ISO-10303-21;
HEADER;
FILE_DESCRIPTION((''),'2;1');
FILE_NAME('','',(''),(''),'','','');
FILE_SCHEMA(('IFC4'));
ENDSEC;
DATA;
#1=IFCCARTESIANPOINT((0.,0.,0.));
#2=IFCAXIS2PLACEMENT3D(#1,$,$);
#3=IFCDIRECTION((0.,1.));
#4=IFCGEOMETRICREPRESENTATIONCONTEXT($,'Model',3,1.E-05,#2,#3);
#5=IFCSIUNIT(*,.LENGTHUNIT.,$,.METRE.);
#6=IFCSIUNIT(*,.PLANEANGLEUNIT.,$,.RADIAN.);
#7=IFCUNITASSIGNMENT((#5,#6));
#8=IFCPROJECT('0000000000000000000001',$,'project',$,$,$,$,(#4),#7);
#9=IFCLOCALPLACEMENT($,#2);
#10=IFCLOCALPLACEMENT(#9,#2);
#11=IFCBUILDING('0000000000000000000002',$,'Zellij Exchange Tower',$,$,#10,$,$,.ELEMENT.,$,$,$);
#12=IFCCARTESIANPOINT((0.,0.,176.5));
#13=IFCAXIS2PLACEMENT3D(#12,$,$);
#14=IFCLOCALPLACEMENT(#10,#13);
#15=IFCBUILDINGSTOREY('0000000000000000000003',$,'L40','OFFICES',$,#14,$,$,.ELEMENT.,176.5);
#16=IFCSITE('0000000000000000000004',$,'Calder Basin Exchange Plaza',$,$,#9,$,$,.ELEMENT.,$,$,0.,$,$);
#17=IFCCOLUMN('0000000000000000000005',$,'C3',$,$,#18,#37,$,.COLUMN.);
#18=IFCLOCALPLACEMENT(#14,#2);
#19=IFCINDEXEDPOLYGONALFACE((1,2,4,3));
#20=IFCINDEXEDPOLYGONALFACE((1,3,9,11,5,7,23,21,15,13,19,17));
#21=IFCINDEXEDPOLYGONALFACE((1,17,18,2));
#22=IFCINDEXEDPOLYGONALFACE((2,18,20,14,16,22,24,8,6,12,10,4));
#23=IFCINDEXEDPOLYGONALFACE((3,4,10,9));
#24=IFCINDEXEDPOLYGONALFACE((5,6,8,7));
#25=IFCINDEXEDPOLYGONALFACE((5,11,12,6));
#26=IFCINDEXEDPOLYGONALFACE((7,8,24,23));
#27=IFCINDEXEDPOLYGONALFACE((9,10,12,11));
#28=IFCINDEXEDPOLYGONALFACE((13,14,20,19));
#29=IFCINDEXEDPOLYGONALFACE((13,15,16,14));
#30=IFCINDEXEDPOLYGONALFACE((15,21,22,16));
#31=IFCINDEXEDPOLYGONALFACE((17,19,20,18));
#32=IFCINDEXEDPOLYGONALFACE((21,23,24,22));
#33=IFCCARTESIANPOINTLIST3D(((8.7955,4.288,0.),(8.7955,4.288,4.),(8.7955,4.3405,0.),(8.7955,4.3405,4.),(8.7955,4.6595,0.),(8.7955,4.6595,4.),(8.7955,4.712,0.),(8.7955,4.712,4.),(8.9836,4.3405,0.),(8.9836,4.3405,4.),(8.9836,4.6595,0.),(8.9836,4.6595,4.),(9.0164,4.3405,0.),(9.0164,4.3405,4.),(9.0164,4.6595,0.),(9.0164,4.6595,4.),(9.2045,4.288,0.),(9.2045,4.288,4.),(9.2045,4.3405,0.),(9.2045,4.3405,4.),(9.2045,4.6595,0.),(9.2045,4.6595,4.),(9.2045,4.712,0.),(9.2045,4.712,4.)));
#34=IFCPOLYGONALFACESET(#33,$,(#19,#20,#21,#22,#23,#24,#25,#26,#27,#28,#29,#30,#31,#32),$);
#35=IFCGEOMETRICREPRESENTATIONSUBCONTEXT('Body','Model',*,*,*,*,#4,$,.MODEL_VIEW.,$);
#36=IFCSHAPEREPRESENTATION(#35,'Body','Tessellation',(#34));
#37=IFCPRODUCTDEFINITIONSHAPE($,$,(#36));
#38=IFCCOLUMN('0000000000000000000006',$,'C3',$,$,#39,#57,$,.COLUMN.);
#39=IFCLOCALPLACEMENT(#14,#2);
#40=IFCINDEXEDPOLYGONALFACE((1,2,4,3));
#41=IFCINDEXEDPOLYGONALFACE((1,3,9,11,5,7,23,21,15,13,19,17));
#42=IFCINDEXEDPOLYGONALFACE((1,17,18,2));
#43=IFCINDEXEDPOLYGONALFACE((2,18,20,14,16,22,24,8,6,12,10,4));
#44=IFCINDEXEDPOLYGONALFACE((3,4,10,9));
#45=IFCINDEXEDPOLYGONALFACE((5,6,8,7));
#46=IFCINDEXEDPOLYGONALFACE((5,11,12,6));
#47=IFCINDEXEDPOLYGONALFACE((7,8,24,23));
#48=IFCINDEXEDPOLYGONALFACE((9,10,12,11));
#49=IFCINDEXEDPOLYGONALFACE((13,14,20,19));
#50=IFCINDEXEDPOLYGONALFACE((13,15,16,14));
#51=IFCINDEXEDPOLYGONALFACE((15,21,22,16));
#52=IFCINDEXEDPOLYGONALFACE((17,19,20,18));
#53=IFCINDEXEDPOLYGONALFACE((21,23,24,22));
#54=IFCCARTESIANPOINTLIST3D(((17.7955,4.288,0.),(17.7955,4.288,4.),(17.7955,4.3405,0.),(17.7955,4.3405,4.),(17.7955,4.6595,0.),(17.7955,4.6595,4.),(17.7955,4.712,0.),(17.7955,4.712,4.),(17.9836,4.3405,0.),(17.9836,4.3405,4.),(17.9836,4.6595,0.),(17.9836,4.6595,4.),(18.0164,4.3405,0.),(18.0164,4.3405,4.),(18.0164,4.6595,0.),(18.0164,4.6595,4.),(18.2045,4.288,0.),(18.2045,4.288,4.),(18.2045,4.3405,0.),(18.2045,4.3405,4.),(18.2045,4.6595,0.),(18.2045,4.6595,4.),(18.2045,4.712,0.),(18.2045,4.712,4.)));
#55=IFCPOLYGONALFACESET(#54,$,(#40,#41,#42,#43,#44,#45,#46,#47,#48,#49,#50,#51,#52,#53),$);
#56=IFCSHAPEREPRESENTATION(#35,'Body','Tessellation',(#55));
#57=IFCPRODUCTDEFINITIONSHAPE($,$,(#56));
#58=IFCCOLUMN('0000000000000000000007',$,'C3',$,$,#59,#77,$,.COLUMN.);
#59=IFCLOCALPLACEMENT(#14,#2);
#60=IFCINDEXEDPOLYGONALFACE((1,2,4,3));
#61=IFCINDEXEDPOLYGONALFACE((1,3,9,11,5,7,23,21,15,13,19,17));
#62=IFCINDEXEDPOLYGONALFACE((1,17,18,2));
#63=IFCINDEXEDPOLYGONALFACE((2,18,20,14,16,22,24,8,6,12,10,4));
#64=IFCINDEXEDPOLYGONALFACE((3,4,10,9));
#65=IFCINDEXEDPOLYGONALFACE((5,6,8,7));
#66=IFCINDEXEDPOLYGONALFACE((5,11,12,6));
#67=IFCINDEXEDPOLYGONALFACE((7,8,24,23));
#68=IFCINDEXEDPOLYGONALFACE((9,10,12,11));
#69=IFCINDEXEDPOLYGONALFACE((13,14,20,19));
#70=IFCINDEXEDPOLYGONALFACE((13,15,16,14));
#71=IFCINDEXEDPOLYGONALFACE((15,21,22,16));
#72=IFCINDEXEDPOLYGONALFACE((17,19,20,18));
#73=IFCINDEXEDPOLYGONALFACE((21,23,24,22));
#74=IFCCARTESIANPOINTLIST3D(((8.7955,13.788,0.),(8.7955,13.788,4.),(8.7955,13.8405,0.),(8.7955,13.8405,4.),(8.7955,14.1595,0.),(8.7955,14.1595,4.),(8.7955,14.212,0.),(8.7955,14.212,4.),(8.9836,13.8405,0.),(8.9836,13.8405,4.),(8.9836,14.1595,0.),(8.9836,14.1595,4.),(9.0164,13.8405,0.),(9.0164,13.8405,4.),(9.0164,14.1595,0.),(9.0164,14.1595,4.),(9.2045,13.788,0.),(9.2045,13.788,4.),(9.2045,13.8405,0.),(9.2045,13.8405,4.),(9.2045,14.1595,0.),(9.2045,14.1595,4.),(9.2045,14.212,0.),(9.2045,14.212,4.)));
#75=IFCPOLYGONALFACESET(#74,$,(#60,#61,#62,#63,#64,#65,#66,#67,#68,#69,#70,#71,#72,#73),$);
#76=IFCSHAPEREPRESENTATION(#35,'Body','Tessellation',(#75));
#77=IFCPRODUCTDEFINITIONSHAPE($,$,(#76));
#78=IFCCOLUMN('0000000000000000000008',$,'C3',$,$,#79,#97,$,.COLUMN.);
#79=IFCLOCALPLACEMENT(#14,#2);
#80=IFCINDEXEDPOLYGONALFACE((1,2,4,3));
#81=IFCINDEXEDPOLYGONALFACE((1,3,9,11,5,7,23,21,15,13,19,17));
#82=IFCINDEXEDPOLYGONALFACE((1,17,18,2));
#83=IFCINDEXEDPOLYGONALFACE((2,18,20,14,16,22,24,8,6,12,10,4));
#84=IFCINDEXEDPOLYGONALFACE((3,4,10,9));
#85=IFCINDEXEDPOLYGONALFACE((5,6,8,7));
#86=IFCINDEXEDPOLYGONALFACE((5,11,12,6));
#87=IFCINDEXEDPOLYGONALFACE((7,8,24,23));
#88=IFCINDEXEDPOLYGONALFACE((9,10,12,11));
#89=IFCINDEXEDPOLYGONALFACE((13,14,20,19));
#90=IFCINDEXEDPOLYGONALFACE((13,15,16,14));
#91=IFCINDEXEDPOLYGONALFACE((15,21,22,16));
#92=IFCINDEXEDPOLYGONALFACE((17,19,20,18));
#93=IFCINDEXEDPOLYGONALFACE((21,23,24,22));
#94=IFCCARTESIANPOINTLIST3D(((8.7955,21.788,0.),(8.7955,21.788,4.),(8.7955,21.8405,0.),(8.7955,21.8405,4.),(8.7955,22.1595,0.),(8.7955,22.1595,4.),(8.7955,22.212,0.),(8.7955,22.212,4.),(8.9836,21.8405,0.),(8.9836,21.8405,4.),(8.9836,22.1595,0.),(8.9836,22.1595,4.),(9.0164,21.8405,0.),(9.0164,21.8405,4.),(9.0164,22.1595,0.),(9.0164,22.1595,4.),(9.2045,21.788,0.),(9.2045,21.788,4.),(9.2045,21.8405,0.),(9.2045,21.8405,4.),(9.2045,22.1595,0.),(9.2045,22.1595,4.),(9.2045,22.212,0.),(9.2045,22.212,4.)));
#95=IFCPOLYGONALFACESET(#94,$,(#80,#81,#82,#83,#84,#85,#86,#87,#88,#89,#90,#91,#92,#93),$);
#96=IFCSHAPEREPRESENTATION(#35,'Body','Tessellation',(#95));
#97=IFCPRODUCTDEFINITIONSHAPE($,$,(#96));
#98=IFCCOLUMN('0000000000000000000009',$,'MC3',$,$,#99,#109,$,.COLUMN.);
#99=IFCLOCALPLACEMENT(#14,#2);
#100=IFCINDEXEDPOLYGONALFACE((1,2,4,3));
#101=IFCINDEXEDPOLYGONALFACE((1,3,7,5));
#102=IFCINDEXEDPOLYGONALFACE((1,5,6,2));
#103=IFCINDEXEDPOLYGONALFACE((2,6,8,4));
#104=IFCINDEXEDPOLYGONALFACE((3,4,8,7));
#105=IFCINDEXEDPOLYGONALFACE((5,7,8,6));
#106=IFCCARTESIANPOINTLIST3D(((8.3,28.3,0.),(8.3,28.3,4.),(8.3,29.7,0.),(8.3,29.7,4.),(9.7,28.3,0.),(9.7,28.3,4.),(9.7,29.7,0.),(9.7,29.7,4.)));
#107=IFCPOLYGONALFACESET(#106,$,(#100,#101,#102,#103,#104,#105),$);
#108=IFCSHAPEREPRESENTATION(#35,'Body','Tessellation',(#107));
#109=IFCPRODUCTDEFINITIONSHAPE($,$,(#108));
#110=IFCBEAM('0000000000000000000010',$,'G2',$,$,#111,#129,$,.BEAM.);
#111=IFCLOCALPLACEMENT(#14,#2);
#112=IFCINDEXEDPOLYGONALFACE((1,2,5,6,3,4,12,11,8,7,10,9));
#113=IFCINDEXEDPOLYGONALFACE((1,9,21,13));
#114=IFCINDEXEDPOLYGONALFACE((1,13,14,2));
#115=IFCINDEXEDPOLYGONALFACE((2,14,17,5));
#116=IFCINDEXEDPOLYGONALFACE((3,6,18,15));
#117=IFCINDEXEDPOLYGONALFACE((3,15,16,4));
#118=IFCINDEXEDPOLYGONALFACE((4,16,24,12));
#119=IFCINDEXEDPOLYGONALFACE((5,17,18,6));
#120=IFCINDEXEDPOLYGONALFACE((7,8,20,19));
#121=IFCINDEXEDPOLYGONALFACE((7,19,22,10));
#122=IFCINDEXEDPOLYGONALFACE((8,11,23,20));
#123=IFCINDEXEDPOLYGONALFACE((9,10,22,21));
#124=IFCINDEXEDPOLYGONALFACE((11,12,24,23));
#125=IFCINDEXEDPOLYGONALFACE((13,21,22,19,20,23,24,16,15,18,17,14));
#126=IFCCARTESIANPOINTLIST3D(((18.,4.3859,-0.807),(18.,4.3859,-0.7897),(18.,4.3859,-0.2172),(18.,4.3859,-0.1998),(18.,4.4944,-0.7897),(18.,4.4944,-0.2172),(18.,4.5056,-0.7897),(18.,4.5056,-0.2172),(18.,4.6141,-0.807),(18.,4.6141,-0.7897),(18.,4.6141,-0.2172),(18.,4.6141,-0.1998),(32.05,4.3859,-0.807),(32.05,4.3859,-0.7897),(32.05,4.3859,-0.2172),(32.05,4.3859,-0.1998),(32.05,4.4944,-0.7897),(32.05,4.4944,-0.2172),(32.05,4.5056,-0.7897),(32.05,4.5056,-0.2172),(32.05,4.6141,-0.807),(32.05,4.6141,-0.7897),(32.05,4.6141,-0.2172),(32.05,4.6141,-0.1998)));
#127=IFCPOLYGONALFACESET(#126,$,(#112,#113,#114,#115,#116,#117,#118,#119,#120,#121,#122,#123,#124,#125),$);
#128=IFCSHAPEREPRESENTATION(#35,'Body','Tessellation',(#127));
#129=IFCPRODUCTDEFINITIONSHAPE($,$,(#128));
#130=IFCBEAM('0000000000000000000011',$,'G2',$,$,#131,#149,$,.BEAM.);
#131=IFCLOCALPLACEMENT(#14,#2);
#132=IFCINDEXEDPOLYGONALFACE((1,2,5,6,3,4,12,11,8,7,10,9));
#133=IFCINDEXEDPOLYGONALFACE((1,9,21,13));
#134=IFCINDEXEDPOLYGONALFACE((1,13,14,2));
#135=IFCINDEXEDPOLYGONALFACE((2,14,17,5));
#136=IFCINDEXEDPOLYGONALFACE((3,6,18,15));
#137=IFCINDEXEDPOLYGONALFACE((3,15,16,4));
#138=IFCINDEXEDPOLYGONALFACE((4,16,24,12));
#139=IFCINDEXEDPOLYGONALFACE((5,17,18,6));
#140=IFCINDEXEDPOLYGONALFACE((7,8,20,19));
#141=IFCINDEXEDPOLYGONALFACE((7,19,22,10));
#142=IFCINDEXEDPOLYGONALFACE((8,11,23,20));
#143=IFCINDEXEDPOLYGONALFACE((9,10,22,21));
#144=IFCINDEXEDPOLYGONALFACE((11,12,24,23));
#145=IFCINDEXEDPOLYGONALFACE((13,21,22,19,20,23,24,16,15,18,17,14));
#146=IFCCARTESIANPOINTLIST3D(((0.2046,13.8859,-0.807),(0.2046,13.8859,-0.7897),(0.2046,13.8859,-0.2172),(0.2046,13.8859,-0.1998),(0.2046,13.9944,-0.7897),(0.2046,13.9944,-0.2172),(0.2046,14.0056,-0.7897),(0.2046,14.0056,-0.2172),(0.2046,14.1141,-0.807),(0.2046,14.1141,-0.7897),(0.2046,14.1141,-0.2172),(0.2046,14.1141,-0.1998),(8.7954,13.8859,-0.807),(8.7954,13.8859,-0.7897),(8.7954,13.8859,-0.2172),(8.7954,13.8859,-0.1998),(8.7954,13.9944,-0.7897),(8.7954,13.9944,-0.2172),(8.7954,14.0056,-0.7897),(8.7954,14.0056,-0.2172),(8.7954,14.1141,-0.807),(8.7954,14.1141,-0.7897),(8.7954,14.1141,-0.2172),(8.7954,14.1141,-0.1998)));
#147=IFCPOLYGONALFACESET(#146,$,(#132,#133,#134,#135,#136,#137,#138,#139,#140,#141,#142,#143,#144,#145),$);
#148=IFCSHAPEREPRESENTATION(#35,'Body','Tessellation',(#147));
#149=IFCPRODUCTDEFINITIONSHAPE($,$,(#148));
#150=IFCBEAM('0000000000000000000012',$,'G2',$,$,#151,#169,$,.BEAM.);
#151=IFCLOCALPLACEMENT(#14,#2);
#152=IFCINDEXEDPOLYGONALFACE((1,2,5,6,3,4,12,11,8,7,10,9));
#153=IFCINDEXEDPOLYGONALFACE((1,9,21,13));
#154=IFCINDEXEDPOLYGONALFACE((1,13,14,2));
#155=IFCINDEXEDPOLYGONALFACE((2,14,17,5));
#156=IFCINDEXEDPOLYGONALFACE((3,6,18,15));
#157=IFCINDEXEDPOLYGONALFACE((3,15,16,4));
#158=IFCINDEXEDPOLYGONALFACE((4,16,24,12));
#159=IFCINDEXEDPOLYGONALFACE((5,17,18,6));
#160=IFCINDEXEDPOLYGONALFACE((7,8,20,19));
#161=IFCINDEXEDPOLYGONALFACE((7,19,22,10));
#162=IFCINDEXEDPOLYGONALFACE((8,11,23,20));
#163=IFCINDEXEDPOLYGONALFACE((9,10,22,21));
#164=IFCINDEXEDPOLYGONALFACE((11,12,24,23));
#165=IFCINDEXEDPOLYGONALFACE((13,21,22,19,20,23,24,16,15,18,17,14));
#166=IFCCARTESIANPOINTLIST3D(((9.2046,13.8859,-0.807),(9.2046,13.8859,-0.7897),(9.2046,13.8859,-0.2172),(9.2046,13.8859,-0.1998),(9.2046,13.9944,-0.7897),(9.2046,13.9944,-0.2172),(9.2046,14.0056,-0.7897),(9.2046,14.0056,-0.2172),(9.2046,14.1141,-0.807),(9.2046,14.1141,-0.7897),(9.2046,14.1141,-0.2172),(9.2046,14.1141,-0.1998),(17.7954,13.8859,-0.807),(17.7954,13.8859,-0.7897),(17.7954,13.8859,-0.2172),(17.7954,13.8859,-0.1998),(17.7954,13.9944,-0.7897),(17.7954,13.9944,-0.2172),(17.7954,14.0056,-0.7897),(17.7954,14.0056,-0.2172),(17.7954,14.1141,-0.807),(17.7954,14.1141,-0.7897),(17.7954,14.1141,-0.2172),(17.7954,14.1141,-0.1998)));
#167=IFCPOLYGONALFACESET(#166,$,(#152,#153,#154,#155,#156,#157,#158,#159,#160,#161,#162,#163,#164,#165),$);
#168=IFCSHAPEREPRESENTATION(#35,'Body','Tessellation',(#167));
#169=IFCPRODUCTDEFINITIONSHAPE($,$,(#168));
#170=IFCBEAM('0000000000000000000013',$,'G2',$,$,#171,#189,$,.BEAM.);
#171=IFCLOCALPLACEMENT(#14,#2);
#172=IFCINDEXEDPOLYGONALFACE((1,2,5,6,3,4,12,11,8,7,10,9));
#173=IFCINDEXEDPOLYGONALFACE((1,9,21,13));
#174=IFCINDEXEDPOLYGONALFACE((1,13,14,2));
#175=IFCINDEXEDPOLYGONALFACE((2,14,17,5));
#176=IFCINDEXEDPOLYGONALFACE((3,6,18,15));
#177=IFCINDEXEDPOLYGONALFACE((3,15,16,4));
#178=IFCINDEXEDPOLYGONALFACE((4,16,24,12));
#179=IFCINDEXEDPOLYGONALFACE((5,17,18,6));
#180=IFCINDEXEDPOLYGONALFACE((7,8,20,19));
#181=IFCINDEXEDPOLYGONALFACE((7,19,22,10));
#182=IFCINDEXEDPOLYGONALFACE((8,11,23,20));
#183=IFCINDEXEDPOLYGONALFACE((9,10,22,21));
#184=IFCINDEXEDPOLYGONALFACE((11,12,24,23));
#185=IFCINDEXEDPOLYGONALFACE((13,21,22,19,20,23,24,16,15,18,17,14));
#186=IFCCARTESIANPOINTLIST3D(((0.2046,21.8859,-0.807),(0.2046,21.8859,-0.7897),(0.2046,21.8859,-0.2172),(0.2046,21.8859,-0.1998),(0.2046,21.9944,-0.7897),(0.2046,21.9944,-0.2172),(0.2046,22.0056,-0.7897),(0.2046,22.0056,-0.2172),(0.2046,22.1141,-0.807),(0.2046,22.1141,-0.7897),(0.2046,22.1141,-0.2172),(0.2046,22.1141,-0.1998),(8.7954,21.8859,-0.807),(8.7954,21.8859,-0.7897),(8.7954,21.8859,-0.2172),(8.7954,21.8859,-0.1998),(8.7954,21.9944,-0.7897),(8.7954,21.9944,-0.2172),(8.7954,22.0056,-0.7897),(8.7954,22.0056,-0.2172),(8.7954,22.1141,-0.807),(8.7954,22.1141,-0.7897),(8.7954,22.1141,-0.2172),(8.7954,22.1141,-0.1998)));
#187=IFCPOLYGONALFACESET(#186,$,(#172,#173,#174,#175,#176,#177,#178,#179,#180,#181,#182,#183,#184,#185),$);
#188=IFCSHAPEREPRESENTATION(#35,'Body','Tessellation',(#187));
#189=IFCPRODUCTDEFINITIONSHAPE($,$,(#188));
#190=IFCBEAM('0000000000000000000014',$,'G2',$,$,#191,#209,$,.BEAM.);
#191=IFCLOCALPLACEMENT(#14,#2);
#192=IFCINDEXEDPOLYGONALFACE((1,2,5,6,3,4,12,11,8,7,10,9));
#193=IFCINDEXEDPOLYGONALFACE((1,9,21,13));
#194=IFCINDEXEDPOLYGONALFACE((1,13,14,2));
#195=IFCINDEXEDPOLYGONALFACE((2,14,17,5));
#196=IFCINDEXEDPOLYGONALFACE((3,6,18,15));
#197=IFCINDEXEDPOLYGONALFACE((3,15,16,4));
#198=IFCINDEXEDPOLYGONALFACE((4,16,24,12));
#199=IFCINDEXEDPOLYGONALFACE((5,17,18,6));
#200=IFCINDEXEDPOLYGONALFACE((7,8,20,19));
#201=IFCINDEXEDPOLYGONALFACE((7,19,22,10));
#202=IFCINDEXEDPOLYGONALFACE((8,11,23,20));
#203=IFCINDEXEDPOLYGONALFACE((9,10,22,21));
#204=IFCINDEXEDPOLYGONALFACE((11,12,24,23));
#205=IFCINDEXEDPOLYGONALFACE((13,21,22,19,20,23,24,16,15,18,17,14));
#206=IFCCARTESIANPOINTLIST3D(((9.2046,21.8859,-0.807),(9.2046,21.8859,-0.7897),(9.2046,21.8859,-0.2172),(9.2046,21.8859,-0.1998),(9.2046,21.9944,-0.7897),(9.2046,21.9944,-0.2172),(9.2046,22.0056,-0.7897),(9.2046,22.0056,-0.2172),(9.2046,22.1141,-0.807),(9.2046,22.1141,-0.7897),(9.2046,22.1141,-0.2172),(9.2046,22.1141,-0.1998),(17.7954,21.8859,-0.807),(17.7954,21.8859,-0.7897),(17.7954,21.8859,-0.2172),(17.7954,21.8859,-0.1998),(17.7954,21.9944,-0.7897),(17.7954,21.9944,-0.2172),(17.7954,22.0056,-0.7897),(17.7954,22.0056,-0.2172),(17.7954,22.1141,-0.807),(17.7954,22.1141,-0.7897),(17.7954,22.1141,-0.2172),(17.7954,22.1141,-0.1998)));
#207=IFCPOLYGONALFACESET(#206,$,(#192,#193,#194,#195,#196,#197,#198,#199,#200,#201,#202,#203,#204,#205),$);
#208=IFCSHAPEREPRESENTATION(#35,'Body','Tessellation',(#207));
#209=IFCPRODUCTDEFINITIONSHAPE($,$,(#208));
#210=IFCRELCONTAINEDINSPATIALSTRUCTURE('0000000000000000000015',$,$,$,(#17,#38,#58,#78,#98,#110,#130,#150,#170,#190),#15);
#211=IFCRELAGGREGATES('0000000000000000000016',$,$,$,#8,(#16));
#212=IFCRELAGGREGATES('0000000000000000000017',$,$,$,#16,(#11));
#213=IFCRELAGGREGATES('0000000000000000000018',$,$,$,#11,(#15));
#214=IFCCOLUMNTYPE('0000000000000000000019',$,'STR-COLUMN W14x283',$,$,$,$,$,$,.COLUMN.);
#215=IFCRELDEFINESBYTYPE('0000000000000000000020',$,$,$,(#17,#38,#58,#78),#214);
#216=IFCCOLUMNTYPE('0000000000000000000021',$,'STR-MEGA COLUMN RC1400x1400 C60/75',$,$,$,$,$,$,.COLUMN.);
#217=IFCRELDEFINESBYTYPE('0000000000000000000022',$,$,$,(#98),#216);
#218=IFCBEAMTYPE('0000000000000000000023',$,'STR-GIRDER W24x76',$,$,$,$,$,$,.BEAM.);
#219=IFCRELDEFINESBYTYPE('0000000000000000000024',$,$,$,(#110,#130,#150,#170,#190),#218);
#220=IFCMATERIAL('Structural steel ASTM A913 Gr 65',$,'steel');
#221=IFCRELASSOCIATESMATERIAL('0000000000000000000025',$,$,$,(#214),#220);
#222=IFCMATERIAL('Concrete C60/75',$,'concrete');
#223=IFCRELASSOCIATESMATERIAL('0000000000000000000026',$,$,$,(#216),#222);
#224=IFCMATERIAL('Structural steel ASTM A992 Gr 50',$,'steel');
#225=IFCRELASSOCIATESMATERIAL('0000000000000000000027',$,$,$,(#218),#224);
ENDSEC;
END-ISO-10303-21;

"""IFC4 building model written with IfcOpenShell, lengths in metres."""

from ifc_helpers import new_model, si_unit, direction, frame, origin, origin_2d, place, context, subcontext, project, spatial, rectangle, i_section, extrude, material, material_profile, profile_set, type_object, element, save


model = new_model("IFC4")

# Units and contexts
model_context = context("Model", 3, precision=1e-05, world=origin(), true_north=direction((0.0, 1.0)))
body_context = subcontext(model_context, "Body", "Model", "MODEL_VIEW")
ifc_project = project(units=[si_unit("LENGTHUNIT", "METRE"), si_unit("PLANEANGLEUNIT", "RADIAN")], contexts=[model_context])

# Site, building, storey
site_placement = place(None, origin())
site = spatial("IfcSite", under=ifc_project, at=site_placement, Name="Calder Basin Exchange Plaza", CompositionType="ELEMENT", RefElevation=0.0)
building_placement = place(site_placement, origin())
building = spatial("IfcBuilding", under=site, at=building_placement, Name="Zellij Exchange Tower", CompositionType="ELEMENT")
storey_placement = place(building_placement, frame((0.0, 0.0, 176.5)))
storey = spatial("IfcBuildingStorey", under=building, at=storey_placement, Name="L40", Description="OFFICES", CompositionType="ELEMENT", Elevation=176.5)

# Columns
ifc_material_1 = material(Name="Structural steel ASTM A913 Gr 65", Category="steel")
ifc_material_profile_1 = material_profile(ifc_material_1, i_section(OverallWidth=0.4089, OverallDepth=0.4241, WebThickness=0.0327, FlangeThickness=0.0525, at=origin_2d()), Name="W14x283")
ifc_profile_set_1 = profile_set([ifc_material_profile_1], Name="Structural steel ASTM A913 Gr 65")
column_type_1 = type_object("IfcColumnType", Name="STR-COLUMN W14x283", PredefinedType="COLUMN", material=ifc_profile_set_1)
for number, where, z_axis, x_axis, name in (
    (1, (9.0, 4.5, 0.0), (0.0, 0.0, 1.0), (1.0, 0.0, 0.0), "C3"),
    (2, (18.0, 4.5, 0.0), (0.0, 0.0, 1.0), (1.0, 0.0, 0.0), "C3"),
    (3, (9.0, 14.0, 0.0), (0.0, 0.0, 1.0), (1.0, 0.0, 0.0), "C3"),
    (4, (9.0, 22.0, 0.0), (0.0, 0.0, 1.0), (1.0, 0.0, 0.0), "C3"),
):
    element("IfcColumn", number, at=place(storey_placement, frame(where, z_axis=z_axis, x_axis=x_axis)), inside=storey, type_object=column_type_1, Name=name, PredefinedType="COLUMN", context=body_context, shape_type="SweptSolid", body=[
        extrude(i_section(OverallWidth=0.4089, OverallDepth=0.4241, WebThickness=0.0327, FlangeThickness=0.0525, at=origin_2d()), origin(), (0.0, 0.0, 1.0), 4.0),
    ])
ifc_material_2 = material(Name="Concrete C60/75", Category="concrete")
ifc_material_profile_2 = material_profile(ifc_material_2, rectangle(XDim=1.3999, YDim=1.3999, at=origin_2d()), Name="STR-MEGA COLUMN RC1400x1400 C60/75")
ifc_profile_set_2 = profile_set([ifc_material_profile_2], Name="Concrete C60/75")
column_type_2 = type_object("IfcColumnType", Name="STR-MEGA COLUMN RC1400x1400 C60/75", PredefinedType="COLUMN", material=ifc_profile_set_2)
column_placement = place(storey_placement, frame((9.0, 29.0, 0.0), z_axis=(0.0, 0.0, 1.0), x_axis=(1.0, 0.0, 0.0)))
element("IfcColumn", 5, at=column_placement, inside=storey, type_object=column_type_2, Name="MC3", PredefinedType="COLUMN", context=body_context, shape_type="SweptSolid", body=[
    extrude(rectangle(XDim=1.3999, YDim=1.3999, at=origin_2d()), origin(), (0.0, 0.0, 1.0), 4.0),
])

# Beams
ifc_material_3 = material(Name="Structural steel ASTM A992 Gr 50", Category="steel")
ifc_material_profile_3 = material_profile(ifc_material_3, i_section(OverallWidth=0.2283, OverallDepth=0.6072, WebThickness=0.0112, FlangeThickness=0.0173, at=origin_2d()), Name="W24x76")
ifc_profile_set_3 = profile_set([ifc_material_profile_3], Name="Structural steel ASTM A992 Gr 50")
beam_type = type_object("IfcBeamType", Name="STR-GIRDER W24x76", PredefinedType="BEAM", material=ifc_profile_set_3)
beam_1_placement = place(storey_placement, frame((18.0, 4.5, -0.5034), z_axis=(1.0, 0.0, 0.0), x_axis=(0.0, 1.0, 0.0)))
element("IfcBeam", 6, at=beam_1_placement, inside=storey, type_object=beam_type, Name="G2", PredefinedType="BEAM", context=body_context, shape_type="SweptSolid", body=[
    extrude(i_section(OverallWidth=0.2283, OverallDepth=0.6072, WebThickness=0.0112, FlangeThickness=0.0173, at=origin_2d()), origin(), (0.0, 0.0, 1.0), 14.05),
])
for number, where, z_axis, x_axis, name in (
    (7, (0.2046, 14.0, -0.5034), (1.0, 0.0, 0.0), (0.0, 1.0, 0.0), "G2"),
    (8, (9.2046, 14.0, -0.5034), (1.0, 0.0, 0.0), (0.0, 1.0, 0.0), "G2"),
    (9, (0.2046, 22.0, -0.5034), (1.0, 0.0, 0.0), (0.0, 1.0, 0.0), "G2"),
    (10, (9.2046, 22.0, -0.5034), (1.0, 0.0, 0.0), (0.0, 1.0, 0.0), "G2"),
):
    element("IfcBeam", number, at=place(storey_placement, frame(where, z_axis=z_axis, x_axis=x_axis)), inside=storey, type_object=beam_type, Name=name, PredefinedType="BEAM", context=body_context, shape_type="SweptSolid", body=[
        extrude(i_section(OverallWidth=0.2283, OverallDepth=0.6072, WebThickness=0.0112, FlangeThickness=0.0173, at=origin_2d()), origin(), (0.0, 0.0, 1.0), 8.5908),
    ])

save(model, "model.ifc")
